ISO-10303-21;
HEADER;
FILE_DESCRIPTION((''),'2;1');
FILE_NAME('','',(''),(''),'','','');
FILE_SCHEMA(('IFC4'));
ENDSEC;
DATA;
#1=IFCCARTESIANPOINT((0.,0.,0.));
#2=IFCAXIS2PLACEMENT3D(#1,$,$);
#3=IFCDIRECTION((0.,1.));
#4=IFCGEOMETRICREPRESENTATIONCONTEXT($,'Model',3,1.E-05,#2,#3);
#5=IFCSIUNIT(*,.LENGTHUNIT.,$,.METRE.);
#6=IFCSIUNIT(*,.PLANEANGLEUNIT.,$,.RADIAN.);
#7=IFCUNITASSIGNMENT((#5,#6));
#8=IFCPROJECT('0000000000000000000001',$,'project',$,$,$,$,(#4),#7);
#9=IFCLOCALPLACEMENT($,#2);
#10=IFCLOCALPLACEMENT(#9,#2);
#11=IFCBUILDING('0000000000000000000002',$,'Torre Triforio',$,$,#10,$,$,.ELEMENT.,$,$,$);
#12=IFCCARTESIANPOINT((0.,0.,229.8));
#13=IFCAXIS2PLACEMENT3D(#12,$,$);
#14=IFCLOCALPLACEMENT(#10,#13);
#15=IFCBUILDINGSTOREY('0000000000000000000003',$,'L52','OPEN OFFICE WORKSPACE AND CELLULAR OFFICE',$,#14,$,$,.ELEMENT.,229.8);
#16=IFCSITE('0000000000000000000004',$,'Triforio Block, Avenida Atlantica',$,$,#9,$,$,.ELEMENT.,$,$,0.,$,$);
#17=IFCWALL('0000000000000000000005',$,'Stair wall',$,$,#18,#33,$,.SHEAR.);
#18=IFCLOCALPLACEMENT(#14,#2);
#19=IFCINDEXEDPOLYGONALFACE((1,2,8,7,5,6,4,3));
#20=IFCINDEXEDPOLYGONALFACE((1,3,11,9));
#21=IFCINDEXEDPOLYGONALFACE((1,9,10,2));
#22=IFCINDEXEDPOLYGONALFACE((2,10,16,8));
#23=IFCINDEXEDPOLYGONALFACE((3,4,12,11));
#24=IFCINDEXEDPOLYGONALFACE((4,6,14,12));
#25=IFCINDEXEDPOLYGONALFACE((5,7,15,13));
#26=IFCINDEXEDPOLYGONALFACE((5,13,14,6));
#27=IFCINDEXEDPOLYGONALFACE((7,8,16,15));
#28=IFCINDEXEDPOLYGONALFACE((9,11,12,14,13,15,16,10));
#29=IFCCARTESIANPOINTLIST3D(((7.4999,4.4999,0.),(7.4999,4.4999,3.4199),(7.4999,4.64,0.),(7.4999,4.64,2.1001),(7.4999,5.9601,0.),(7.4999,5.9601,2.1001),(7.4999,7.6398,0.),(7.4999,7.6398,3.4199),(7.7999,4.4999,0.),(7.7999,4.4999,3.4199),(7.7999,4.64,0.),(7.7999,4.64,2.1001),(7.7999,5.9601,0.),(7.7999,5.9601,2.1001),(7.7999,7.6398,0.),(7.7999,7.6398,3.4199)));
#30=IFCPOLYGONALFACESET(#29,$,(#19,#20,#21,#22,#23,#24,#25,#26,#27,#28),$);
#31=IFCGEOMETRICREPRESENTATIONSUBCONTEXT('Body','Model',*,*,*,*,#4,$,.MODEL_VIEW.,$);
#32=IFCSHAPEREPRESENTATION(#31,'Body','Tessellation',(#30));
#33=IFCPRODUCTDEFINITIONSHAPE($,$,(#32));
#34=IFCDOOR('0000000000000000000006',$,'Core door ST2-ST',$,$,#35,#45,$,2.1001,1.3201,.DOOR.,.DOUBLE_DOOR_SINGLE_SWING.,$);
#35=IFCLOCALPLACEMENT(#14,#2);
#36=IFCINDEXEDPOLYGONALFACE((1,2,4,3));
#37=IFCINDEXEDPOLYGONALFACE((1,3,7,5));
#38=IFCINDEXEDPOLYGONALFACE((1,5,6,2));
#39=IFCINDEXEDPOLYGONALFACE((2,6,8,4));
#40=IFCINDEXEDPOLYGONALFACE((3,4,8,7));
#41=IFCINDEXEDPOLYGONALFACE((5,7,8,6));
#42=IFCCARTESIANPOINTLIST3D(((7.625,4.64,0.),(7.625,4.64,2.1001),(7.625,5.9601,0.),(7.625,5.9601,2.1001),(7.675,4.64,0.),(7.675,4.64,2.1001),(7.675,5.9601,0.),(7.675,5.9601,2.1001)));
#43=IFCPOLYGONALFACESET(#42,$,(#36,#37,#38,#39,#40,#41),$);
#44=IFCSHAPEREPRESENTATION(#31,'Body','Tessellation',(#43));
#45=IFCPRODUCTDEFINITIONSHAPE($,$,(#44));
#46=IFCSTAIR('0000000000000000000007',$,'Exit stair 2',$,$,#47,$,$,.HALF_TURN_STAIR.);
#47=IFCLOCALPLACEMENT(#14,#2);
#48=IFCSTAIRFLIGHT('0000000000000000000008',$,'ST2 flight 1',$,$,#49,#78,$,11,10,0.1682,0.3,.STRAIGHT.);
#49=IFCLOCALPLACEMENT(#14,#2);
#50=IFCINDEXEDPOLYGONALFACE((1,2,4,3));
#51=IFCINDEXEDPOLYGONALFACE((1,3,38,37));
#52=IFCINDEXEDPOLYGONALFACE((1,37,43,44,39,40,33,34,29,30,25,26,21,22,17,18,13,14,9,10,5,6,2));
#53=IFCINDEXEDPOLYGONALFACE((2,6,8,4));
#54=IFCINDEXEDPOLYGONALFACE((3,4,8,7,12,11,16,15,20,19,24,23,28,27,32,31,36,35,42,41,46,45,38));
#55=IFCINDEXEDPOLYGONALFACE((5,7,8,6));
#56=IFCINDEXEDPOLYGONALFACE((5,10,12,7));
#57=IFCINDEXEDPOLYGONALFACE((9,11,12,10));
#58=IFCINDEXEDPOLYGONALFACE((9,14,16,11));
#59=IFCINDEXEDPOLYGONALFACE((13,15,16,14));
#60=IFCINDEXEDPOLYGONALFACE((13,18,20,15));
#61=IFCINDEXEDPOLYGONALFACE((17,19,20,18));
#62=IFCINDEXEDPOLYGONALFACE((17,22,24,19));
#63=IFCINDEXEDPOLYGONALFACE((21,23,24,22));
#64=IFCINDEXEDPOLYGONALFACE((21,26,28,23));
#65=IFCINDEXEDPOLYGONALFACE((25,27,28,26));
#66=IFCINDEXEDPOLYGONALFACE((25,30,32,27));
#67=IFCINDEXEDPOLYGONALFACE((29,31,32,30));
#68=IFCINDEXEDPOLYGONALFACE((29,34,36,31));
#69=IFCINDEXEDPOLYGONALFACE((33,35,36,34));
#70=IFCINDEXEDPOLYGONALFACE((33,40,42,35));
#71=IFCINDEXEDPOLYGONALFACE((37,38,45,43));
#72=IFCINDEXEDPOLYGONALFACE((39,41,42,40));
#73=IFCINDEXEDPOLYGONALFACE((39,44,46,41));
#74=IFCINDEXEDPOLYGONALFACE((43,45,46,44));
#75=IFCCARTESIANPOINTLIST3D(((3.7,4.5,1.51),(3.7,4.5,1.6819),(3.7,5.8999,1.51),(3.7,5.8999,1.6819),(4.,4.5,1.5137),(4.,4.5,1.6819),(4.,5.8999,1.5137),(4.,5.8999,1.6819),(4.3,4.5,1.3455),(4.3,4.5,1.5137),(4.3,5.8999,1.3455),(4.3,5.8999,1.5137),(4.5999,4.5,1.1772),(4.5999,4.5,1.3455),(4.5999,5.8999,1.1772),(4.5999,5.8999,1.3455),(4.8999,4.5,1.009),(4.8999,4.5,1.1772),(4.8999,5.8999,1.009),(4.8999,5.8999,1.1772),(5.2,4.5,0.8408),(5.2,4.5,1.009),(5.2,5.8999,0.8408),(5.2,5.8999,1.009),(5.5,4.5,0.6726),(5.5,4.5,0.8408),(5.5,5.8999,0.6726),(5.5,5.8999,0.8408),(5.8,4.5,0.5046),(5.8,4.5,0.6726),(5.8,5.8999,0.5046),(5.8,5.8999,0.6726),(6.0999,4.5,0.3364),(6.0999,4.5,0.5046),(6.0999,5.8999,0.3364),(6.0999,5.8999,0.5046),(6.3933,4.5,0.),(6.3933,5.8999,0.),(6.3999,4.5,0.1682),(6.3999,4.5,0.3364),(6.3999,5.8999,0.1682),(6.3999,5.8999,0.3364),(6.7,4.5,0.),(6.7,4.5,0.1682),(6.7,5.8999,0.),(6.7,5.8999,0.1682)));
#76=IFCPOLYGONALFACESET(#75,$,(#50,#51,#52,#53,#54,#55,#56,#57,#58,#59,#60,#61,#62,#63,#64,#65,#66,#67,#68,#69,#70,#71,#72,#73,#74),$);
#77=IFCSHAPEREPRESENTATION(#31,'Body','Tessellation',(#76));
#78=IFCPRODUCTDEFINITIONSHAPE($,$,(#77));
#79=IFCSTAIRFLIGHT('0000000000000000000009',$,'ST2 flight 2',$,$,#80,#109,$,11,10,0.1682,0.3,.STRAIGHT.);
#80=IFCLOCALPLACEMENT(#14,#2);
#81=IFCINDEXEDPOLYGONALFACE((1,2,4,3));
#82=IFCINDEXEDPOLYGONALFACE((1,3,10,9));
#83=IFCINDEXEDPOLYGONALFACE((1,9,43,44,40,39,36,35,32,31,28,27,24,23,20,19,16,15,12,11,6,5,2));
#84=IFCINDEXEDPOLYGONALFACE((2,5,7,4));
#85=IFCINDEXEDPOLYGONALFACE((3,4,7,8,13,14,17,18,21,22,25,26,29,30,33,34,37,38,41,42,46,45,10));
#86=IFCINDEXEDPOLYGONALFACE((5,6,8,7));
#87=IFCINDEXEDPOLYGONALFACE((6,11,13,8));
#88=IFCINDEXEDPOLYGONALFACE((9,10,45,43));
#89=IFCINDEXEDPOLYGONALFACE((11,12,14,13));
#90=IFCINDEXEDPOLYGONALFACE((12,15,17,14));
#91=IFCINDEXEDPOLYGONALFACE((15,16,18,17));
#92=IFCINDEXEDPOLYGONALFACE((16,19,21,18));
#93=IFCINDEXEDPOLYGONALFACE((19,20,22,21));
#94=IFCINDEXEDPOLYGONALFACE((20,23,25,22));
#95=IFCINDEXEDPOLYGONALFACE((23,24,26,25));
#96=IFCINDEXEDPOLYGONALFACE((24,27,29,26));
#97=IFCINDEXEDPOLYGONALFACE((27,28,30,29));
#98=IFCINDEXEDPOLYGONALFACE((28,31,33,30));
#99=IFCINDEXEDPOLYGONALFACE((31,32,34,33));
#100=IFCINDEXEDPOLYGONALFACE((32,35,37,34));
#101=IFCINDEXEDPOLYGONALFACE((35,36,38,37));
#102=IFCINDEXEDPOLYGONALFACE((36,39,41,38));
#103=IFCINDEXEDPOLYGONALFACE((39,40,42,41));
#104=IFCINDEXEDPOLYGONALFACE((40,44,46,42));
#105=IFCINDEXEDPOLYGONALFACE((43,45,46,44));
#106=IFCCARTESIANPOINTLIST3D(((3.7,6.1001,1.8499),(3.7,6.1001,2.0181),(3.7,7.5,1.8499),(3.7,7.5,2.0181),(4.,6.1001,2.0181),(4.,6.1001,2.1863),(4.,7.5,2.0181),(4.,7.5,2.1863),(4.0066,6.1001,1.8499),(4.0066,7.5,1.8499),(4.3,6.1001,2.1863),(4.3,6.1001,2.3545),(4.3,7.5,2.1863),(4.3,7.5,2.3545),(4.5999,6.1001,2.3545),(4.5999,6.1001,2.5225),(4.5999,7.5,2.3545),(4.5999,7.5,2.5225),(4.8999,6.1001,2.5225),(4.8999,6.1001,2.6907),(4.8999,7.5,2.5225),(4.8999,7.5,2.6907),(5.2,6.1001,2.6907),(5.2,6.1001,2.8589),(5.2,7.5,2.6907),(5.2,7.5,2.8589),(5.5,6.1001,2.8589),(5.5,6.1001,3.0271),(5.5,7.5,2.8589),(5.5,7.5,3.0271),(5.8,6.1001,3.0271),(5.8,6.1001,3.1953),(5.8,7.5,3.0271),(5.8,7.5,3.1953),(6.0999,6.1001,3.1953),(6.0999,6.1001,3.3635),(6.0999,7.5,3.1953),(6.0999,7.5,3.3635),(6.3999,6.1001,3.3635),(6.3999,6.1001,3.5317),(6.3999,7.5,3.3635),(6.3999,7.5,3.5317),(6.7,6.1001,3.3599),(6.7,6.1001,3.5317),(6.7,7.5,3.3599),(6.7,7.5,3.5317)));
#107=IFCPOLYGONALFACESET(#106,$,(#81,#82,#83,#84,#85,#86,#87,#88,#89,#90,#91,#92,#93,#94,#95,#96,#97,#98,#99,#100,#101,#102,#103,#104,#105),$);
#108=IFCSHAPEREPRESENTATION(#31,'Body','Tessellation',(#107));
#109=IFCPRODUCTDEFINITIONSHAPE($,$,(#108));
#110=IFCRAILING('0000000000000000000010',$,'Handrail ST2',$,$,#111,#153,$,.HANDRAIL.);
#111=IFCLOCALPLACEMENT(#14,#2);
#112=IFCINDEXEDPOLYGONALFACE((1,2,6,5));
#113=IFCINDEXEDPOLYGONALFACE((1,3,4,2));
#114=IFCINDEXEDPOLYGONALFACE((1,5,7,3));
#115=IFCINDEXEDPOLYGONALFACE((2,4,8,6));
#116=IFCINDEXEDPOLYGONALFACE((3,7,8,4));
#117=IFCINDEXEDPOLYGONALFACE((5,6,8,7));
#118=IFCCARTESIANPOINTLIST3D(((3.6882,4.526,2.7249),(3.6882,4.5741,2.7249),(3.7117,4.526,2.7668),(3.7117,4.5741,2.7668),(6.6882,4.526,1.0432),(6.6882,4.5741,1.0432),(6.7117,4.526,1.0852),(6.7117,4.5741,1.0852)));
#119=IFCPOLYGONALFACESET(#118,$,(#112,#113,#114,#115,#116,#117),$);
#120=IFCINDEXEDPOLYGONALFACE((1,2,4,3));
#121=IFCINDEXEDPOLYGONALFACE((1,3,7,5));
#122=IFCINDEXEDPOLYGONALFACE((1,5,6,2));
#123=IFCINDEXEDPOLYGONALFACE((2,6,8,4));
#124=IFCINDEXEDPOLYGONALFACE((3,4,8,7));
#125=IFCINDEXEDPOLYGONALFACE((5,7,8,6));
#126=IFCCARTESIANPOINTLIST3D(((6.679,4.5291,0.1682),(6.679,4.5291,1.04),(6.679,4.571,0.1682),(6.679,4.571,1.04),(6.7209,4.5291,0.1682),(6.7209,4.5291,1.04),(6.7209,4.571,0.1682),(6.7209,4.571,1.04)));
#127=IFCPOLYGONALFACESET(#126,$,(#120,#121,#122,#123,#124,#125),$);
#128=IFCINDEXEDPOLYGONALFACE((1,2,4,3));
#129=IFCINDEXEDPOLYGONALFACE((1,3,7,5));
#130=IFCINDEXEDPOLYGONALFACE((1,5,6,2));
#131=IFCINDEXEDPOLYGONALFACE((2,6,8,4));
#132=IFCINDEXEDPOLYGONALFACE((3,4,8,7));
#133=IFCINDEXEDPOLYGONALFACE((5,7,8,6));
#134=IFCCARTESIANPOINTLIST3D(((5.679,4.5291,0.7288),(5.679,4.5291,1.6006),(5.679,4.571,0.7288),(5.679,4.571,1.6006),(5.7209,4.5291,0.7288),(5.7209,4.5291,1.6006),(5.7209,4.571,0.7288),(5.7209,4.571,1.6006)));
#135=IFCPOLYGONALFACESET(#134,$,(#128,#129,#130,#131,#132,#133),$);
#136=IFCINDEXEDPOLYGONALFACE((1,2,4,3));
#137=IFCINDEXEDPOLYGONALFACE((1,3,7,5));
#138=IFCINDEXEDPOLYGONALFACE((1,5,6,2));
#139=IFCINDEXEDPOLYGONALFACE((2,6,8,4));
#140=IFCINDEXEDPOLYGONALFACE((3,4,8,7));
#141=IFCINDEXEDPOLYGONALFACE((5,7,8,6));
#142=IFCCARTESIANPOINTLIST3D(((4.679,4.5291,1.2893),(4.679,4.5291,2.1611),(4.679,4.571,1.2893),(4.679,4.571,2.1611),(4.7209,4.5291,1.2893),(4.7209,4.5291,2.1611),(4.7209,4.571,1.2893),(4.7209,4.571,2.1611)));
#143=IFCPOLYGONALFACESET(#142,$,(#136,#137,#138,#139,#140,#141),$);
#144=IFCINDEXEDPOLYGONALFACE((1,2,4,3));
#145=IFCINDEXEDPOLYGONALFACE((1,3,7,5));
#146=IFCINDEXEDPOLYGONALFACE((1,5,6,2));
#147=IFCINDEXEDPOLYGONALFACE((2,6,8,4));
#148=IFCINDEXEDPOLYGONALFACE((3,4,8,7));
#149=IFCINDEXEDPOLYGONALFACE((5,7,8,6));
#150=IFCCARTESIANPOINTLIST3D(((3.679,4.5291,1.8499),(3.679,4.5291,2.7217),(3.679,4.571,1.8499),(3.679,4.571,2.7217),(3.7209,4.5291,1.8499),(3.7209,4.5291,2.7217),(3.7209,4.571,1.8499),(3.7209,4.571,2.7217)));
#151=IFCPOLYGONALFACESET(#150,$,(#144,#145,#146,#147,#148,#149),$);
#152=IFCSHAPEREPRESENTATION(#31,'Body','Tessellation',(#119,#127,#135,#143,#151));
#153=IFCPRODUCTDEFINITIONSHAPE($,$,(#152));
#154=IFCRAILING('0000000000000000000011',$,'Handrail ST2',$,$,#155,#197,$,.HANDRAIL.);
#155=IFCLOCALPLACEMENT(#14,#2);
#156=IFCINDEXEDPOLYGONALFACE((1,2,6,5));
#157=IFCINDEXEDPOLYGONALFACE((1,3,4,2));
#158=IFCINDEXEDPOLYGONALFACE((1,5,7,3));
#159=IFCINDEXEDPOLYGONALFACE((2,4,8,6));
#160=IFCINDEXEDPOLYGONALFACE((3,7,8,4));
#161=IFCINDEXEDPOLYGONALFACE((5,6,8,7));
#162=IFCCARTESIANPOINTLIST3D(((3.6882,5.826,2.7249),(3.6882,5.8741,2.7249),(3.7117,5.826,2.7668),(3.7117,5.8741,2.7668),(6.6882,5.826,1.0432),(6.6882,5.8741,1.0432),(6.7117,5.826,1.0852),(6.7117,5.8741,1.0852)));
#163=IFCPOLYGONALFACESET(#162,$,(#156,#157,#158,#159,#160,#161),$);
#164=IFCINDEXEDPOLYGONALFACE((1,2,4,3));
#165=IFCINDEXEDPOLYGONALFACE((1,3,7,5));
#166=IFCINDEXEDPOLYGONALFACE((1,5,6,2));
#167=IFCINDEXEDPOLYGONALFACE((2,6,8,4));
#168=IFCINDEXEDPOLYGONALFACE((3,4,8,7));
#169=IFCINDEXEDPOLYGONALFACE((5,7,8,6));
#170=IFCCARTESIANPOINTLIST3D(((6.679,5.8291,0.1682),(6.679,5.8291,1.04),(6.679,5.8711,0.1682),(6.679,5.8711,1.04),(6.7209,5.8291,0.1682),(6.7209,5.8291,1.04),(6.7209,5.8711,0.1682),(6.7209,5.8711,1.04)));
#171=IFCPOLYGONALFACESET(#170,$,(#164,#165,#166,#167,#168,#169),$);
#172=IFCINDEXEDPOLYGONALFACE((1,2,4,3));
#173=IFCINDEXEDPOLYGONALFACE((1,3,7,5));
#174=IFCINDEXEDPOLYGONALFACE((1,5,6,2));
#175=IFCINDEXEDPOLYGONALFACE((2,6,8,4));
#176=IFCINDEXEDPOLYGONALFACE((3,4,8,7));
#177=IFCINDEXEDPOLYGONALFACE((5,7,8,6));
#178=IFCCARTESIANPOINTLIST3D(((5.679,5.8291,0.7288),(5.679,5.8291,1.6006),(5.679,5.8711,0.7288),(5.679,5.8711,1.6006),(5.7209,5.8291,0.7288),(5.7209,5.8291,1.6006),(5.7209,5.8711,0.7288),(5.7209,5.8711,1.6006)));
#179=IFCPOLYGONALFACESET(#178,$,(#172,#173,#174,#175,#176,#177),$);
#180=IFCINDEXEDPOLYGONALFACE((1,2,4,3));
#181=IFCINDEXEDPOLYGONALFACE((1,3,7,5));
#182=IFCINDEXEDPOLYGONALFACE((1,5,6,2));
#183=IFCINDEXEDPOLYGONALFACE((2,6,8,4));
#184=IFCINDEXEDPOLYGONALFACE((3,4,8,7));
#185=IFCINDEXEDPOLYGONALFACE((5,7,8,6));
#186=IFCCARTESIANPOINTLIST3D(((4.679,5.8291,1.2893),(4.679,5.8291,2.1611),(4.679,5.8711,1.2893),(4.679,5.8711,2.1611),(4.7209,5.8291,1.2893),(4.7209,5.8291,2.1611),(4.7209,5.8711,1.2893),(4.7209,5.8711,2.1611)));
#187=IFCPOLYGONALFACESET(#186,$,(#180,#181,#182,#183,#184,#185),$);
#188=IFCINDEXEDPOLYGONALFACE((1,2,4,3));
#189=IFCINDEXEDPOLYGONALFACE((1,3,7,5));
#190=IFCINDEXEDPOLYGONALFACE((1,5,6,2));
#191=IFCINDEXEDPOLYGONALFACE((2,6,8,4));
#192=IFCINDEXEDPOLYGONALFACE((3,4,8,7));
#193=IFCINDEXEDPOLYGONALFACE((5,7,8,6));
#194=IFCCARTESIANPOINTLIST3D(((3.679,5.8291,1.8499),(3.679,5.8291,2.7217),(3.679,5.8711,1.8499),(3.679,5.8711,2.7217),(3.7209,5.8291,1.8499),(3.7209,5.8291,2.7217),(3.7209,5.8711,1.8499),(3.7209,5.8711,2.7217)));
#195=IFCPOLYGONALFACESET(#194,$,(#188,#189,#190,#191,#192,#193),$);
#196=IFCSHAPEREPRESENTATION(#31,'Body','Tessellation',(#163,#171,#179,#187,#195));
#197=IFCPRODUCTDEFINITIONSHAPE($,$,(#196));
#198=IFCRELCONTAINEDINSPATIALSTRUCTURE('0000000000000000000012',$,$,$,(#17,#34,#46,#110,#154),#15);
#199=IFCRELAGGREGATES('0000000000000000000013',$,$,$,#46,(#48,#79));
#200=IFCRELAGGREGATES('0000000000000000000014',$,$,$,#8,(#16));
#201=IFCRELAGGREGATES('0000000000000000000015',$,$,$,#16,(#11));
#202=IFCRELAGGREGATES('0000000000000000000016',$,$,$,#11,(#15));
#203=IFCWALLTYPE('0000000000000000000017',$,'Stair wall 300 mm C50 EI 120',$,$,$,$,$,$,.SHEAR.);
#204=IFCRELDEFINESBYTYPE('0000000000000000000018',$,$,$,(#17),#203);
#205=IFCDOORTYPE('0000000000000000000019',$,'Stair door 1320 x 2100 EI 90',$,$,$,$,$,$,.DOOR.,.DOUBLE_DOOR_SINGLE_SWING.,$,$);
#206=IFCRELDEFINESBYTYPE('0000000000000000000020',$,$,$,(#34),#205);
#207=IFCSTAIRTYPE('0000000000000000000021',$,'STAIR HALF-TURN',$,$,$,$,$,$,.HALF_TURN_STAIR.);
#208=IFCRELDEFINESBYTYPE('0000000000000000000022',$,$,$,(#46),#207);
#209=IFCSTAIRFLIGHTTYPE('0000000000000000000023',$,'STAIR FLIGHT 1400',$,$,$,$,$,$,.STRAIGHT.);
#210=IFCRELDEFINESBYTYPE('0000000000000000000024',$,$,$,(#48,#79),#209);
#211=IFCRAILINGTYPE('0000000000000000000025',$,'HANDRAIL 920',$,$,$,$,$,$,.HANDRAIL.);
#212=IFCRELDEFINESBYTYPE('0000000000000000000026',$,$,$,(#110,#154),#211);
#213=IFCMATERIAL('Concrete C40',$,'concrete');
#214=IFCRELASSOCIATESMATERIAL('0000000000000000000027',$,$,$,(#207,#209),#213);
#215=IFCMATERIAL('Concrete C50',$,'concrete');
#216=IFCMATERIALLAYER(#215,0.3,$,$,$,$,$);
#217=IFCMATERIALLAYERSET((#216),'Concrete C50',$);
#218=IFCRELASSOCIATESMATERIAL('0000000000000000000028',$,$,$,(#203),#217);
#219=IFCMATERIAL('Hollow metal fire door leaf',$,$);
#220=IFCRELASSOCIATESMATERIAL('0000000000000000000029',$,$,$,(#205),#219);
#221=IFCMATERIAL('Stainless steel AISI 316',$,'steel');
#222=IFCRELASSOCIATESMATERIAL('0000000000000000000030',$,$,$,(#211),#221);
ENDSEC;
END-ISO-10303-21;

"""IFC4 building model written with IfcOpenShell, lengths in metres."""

from ifc_helpers import new_model, si_unit, direction, frame, frame_2d, origin, origin_2d, place, context, subcontext, project, spatial, polyline, rectangle, outline, extrude, material, layer, layer_set, type_object, element, fill, aggregate, save


model = new_model("IFC4")

# Units and contexts
model_context = context("Model", 3, precision=1e-05, world=origin(), true_north=direction((0.0, 1.0)))
body_context = subcontext(model_context, "Body", "Model", "MODEL_VIEW")
ifc_project = project(units=[si_unit("LENGTHUNIT", "METRE"), si_unit("PLANEANGLEUNIT", "RADIAN")], contexts=[model_context])

# Site, building, storey
site_placement = place(None, origin())
site = spatial("IfcSite", under=ifc_project, at=site_placement, Name="Triforio Block, Avenida Atlantica", CompositionType="ELEMENT", RefElevation=0.0)
building_placement = place(site_placement, origin())
building = spatial("IfcBuilding", under=site, at=building_placement, Name="Torre Triforio", CompositionType="ELEMENT")
storey_placement = place(building_placement, frame((0.0, 0.0, 229.8)))
storey = spatial("IfcBuildingStorey", under=building, at=storey_placement, Name="L52", Description="OPEN OFFICE WORKSPACE AND CELLULAR OFFICE", CompositionType="ELEMENT", Elevation=229.8)

# Shared definitions
ifc_material_1 = material(Name="Concrete C40", Category="concrete")
stair_type = type_object("IfcStairType", Name="STAIR HALF-TURN", PredefinedType="HALF_TURN_STAIR", material=ifc_material_1)

# Shared definitions
ifc_material_2 = material(Name="Concrete C50", Category="concrete")

# Shared definitions
ifc_material_3 = material(Name="Hollow metal fire door leaf")

# Wall, opening, door
ifc_layer_1 = layer(ifc_material_2, 0.3)
ifc_layer_set_1 = layer_set([ifc_layer_1], Name="Concrete C50")
wall_type_1 = type_object("IfcWallType", Name="Stair wall 300 mm C50 EI 120", PredefinedType="SHEAR", material=ifc_layer_set_1)
wall_1_placement = place(storey_placement, frame((7.6499, 4.5, 0.0), z_axis=(0.0, 0.0, 1.0), x_axis=(0.0, 1.0, 0.0)))
wall_1 = element("IfcWall", 1, at=wall_1_placement, inside=storey, type_object=wall_type_1, Name="Stair wall", PredefinedType="SHEAR", context=body_context, shape_type="SweptSolid", body=[
    extrude(rectangle(XDim=3.1399, YDim=0.3, at=frame_2d((1.5698, 0.0))), origin(), (0.0, 0.0, 1.0), 3.4199),
])
opening_1_placement = place(wall_1_placement, frame((0.1399, 0.0, 0.0)))
opening_1 = element("IfcOpeningElement", 2, at=opening_1_placement, cuts=wall_1, PredefinedType="OPENING", context=body_context, shape_type="SweptSolid", body=[
    extrude(rectangle(XDim=1.3201, YDim=2.1001, at=frame_2d((0.6602, 1.05))), frame((0.0, 0.1599, 0.0), z_axis=(0.0, -1.0, 0.0), x_axis=(1.0, 0.0, 0.0)), (0.0, 0.0, 1.0), 0.3201),
])
door_type_1 = type_object("IfcDoorType", Name="Stair door 1320 x 2100 EI 90", OperationType="DOUBLE_DOOR_SINGLE_SWING", PredefinedType="DOOR", material=ifc_material_3)
door_1_placement = place(opening_1_placement, origin())
door_1 = element("IfcDoor", 3, at=door_1_placement, inside=storey, type_object=door_type_1, Name="Core door ST2-ST", OperationType="DOUBLE_DOOR_SINGLE_SWING", OverallHeight=2.1001, OverallWidth=1.3201, PredefinedType="DOOR", context=body_context, shape_type="SweptSolid", body=[
    extrude(rectangle(XDim=1.3201, YDim=2.1001, at=frame_2d((0.6602, 1.05))), frame((0.0, 0.0249, 0.0), z_axis=(0.0, -1.0, 0.0), x_axis=(1.0, 0.0, 0.0)), (0.0, 0.0, 1.0), 0.05),
])
fill(opening_1, door_1)

# Stair, stair flights
stair_1_placement = place(storey_placement, origin())
stair_1 = element("IfcStair", 4, at=stair_1_placement, inside=storey, type_object=stair_type, Name="Exit stair 2", PredefinedType="HALF_TURN_STAIR")
stair_flight_type = type_object("IfcStairFlightType", Name="STAIR FLIGHT 1400", PredefinedType="STRAIGHT", material=ifc_material_1)
stair_flight_1_placement = place(storey_placement, frame((6.7, 5.2, 0.0), z_axis=(0.0, 0.0, 1.0), x_axis=(-1.0, 0.0, 0.0)))
stair_flight_1 = element("IfcStairFlight", 5, at=stair_flight_1_placement, type_object=stair_flight_type, Name="ST2 flight 1", NumberOfRisers=11, NumberOfTreads=10, PredefinedType="STRAIGHT", RiserHeight=0.1682, TreadLength=0.3, context=body_context, shape_type="SweptSolid", body=[
    extrude(outline(polyline([(0.0, 0.0), (0.0, 0.1682), (0.3, 0.1682), (0.3, 0.3364), (0.6001, 0.3364), (0.6001, 0.5046), (0.8999, 0.5046), (0.8999, 0.6726), (1.2, 0.6726), (1.2, 0.8408), (1.5, 0.8408), (1.5, 1.009), (1.8, 1.009), (1.8, 1.1772), (2.1001, 1.1772), (2.1001, 1.3455), (2.3999, 1.3455), (2.3999, 1.5137), (2.7, 1.5137), (2.7, 1.6819), (3.0, 1.6819), (3.0, 1.8501), (3.0, 1.51), (0.3066, 0.0), (0.0, 0.0)])), frame((0.0, 0.7, 0.0), z_axis=(0.0, -1.0, 0.0), x_axis=(1.0, 0.0, 0.0)), (0.0, 0.0, 1.0), 1.3999),
])
stair_flight_2_placement = place(storey_placement, frame((3.7, 6.8, 1.8499), z_axis=(0.0, 0.0, 1.0), x_axis=(1.0, 0.0, 0.0)))
stair_flight_2 = element("IfcStairFlight", 6, at=stair_flight_2_placement, type_object=stair_flight_type, Name="ST2 flight 2", NumberOfRisers=11, NumberOfTreads=10, PredefinedType="STRAIGHT", RiserHeight=0.1682, TreadLength=0.3, context=body_context, shape_type="SweptSolid", body=[
    extrude(outline(polyline([(0.0, 0.0), (0.0, 0.1682), (0.3, 0.1682), (0.3, 0.3364), (0.6001, 0.3364), (0.6001, 0.5046), (0.8999, 0.5046), (0.8999, 0.6726), (1.2, 0.6726), (1.2, 0.8408), (1.5, 0.8408), (1.5, 1.009), (1.8, 1.009), (1.8, 1.1772), (2.1001, 1.1772), (2.1001, 1.3455), (2.3999, 1.3455), (2.3999, 1.5137), (2.7, 1.5137), (2.7, 1.6819), (3.0, 1.6819), (3.0, 1.8501), (3.0, 1.51), (0.3066, 0.0), (0.0, 0.0)])), frame((0.0, 0.7, 0.0), z_axis=(0.0, -1.0, 0.0), x_axis=(1.0, 0.0, 0.0)), (0.0, 0.0, 1.0), 1.3999),
])
aggregate(stair_1, [stair_flight_1, stair_flight_2])

# Railings
ifc_material_4 = material(Name="Stainless steel AISI 316", Category="steel")
railing_type = type_object("IfcRailingType", Name="HANDRAIL 920", PredefinedType="HANDRAIL", material=ifc_material_4)
for number, where, name in (
    (7, (6.7, 4.55, 0.1682), "Handrail ST2"),
    (8, (6.7, 5.8501, 0.1682), "Handrail ST2"),
):
    element("IfcRailing", number, at=place(storey_placement, frame(where)), inside=storey, type_object=railing_type, Name=name, PredefinedType="HANDRAIL", context=body_context, shape_type="SweptSolid", body=[
        extrude(rectangle(XDim=0.0481, YDim=0.0481, at=origin_2d()), frame((0.0, 0.0, 0.896), z_axis=(-0.872303, 0.0, 0.488966), x_axis=(0.0, -1.0, 0.0)), (0.0, 0.0, 1.0), 3.4392),
        extrude(rectangle(XDim=0.042, YDim=0.042, at=origin_2d()), origin(), (0.0, 0.0, 1.0), 0.8718),
        extrude(rectangle(XDim=0.042, YDim=0.042, at=origin_2d()), frame((-1.0, 0.0, 0.5605)), (0.0, 0.0, 1.0), 0.8718),
        extrude(rectangle(XDim=0.042, YDim=0.042, at=origin_2d()), frame((-2.0, 0.0, 1.1211)), (0.0, 0.0, 1.0), 0.8718),
        extrude(rectangle(XDim=0.042, YDim=0.042, at=origin_2d()), frame((-3.0, 0.0, 1.6816)), (0.0, 0.0, 1.0), 0.8718),
    ])

save(model, "model.ifc")
